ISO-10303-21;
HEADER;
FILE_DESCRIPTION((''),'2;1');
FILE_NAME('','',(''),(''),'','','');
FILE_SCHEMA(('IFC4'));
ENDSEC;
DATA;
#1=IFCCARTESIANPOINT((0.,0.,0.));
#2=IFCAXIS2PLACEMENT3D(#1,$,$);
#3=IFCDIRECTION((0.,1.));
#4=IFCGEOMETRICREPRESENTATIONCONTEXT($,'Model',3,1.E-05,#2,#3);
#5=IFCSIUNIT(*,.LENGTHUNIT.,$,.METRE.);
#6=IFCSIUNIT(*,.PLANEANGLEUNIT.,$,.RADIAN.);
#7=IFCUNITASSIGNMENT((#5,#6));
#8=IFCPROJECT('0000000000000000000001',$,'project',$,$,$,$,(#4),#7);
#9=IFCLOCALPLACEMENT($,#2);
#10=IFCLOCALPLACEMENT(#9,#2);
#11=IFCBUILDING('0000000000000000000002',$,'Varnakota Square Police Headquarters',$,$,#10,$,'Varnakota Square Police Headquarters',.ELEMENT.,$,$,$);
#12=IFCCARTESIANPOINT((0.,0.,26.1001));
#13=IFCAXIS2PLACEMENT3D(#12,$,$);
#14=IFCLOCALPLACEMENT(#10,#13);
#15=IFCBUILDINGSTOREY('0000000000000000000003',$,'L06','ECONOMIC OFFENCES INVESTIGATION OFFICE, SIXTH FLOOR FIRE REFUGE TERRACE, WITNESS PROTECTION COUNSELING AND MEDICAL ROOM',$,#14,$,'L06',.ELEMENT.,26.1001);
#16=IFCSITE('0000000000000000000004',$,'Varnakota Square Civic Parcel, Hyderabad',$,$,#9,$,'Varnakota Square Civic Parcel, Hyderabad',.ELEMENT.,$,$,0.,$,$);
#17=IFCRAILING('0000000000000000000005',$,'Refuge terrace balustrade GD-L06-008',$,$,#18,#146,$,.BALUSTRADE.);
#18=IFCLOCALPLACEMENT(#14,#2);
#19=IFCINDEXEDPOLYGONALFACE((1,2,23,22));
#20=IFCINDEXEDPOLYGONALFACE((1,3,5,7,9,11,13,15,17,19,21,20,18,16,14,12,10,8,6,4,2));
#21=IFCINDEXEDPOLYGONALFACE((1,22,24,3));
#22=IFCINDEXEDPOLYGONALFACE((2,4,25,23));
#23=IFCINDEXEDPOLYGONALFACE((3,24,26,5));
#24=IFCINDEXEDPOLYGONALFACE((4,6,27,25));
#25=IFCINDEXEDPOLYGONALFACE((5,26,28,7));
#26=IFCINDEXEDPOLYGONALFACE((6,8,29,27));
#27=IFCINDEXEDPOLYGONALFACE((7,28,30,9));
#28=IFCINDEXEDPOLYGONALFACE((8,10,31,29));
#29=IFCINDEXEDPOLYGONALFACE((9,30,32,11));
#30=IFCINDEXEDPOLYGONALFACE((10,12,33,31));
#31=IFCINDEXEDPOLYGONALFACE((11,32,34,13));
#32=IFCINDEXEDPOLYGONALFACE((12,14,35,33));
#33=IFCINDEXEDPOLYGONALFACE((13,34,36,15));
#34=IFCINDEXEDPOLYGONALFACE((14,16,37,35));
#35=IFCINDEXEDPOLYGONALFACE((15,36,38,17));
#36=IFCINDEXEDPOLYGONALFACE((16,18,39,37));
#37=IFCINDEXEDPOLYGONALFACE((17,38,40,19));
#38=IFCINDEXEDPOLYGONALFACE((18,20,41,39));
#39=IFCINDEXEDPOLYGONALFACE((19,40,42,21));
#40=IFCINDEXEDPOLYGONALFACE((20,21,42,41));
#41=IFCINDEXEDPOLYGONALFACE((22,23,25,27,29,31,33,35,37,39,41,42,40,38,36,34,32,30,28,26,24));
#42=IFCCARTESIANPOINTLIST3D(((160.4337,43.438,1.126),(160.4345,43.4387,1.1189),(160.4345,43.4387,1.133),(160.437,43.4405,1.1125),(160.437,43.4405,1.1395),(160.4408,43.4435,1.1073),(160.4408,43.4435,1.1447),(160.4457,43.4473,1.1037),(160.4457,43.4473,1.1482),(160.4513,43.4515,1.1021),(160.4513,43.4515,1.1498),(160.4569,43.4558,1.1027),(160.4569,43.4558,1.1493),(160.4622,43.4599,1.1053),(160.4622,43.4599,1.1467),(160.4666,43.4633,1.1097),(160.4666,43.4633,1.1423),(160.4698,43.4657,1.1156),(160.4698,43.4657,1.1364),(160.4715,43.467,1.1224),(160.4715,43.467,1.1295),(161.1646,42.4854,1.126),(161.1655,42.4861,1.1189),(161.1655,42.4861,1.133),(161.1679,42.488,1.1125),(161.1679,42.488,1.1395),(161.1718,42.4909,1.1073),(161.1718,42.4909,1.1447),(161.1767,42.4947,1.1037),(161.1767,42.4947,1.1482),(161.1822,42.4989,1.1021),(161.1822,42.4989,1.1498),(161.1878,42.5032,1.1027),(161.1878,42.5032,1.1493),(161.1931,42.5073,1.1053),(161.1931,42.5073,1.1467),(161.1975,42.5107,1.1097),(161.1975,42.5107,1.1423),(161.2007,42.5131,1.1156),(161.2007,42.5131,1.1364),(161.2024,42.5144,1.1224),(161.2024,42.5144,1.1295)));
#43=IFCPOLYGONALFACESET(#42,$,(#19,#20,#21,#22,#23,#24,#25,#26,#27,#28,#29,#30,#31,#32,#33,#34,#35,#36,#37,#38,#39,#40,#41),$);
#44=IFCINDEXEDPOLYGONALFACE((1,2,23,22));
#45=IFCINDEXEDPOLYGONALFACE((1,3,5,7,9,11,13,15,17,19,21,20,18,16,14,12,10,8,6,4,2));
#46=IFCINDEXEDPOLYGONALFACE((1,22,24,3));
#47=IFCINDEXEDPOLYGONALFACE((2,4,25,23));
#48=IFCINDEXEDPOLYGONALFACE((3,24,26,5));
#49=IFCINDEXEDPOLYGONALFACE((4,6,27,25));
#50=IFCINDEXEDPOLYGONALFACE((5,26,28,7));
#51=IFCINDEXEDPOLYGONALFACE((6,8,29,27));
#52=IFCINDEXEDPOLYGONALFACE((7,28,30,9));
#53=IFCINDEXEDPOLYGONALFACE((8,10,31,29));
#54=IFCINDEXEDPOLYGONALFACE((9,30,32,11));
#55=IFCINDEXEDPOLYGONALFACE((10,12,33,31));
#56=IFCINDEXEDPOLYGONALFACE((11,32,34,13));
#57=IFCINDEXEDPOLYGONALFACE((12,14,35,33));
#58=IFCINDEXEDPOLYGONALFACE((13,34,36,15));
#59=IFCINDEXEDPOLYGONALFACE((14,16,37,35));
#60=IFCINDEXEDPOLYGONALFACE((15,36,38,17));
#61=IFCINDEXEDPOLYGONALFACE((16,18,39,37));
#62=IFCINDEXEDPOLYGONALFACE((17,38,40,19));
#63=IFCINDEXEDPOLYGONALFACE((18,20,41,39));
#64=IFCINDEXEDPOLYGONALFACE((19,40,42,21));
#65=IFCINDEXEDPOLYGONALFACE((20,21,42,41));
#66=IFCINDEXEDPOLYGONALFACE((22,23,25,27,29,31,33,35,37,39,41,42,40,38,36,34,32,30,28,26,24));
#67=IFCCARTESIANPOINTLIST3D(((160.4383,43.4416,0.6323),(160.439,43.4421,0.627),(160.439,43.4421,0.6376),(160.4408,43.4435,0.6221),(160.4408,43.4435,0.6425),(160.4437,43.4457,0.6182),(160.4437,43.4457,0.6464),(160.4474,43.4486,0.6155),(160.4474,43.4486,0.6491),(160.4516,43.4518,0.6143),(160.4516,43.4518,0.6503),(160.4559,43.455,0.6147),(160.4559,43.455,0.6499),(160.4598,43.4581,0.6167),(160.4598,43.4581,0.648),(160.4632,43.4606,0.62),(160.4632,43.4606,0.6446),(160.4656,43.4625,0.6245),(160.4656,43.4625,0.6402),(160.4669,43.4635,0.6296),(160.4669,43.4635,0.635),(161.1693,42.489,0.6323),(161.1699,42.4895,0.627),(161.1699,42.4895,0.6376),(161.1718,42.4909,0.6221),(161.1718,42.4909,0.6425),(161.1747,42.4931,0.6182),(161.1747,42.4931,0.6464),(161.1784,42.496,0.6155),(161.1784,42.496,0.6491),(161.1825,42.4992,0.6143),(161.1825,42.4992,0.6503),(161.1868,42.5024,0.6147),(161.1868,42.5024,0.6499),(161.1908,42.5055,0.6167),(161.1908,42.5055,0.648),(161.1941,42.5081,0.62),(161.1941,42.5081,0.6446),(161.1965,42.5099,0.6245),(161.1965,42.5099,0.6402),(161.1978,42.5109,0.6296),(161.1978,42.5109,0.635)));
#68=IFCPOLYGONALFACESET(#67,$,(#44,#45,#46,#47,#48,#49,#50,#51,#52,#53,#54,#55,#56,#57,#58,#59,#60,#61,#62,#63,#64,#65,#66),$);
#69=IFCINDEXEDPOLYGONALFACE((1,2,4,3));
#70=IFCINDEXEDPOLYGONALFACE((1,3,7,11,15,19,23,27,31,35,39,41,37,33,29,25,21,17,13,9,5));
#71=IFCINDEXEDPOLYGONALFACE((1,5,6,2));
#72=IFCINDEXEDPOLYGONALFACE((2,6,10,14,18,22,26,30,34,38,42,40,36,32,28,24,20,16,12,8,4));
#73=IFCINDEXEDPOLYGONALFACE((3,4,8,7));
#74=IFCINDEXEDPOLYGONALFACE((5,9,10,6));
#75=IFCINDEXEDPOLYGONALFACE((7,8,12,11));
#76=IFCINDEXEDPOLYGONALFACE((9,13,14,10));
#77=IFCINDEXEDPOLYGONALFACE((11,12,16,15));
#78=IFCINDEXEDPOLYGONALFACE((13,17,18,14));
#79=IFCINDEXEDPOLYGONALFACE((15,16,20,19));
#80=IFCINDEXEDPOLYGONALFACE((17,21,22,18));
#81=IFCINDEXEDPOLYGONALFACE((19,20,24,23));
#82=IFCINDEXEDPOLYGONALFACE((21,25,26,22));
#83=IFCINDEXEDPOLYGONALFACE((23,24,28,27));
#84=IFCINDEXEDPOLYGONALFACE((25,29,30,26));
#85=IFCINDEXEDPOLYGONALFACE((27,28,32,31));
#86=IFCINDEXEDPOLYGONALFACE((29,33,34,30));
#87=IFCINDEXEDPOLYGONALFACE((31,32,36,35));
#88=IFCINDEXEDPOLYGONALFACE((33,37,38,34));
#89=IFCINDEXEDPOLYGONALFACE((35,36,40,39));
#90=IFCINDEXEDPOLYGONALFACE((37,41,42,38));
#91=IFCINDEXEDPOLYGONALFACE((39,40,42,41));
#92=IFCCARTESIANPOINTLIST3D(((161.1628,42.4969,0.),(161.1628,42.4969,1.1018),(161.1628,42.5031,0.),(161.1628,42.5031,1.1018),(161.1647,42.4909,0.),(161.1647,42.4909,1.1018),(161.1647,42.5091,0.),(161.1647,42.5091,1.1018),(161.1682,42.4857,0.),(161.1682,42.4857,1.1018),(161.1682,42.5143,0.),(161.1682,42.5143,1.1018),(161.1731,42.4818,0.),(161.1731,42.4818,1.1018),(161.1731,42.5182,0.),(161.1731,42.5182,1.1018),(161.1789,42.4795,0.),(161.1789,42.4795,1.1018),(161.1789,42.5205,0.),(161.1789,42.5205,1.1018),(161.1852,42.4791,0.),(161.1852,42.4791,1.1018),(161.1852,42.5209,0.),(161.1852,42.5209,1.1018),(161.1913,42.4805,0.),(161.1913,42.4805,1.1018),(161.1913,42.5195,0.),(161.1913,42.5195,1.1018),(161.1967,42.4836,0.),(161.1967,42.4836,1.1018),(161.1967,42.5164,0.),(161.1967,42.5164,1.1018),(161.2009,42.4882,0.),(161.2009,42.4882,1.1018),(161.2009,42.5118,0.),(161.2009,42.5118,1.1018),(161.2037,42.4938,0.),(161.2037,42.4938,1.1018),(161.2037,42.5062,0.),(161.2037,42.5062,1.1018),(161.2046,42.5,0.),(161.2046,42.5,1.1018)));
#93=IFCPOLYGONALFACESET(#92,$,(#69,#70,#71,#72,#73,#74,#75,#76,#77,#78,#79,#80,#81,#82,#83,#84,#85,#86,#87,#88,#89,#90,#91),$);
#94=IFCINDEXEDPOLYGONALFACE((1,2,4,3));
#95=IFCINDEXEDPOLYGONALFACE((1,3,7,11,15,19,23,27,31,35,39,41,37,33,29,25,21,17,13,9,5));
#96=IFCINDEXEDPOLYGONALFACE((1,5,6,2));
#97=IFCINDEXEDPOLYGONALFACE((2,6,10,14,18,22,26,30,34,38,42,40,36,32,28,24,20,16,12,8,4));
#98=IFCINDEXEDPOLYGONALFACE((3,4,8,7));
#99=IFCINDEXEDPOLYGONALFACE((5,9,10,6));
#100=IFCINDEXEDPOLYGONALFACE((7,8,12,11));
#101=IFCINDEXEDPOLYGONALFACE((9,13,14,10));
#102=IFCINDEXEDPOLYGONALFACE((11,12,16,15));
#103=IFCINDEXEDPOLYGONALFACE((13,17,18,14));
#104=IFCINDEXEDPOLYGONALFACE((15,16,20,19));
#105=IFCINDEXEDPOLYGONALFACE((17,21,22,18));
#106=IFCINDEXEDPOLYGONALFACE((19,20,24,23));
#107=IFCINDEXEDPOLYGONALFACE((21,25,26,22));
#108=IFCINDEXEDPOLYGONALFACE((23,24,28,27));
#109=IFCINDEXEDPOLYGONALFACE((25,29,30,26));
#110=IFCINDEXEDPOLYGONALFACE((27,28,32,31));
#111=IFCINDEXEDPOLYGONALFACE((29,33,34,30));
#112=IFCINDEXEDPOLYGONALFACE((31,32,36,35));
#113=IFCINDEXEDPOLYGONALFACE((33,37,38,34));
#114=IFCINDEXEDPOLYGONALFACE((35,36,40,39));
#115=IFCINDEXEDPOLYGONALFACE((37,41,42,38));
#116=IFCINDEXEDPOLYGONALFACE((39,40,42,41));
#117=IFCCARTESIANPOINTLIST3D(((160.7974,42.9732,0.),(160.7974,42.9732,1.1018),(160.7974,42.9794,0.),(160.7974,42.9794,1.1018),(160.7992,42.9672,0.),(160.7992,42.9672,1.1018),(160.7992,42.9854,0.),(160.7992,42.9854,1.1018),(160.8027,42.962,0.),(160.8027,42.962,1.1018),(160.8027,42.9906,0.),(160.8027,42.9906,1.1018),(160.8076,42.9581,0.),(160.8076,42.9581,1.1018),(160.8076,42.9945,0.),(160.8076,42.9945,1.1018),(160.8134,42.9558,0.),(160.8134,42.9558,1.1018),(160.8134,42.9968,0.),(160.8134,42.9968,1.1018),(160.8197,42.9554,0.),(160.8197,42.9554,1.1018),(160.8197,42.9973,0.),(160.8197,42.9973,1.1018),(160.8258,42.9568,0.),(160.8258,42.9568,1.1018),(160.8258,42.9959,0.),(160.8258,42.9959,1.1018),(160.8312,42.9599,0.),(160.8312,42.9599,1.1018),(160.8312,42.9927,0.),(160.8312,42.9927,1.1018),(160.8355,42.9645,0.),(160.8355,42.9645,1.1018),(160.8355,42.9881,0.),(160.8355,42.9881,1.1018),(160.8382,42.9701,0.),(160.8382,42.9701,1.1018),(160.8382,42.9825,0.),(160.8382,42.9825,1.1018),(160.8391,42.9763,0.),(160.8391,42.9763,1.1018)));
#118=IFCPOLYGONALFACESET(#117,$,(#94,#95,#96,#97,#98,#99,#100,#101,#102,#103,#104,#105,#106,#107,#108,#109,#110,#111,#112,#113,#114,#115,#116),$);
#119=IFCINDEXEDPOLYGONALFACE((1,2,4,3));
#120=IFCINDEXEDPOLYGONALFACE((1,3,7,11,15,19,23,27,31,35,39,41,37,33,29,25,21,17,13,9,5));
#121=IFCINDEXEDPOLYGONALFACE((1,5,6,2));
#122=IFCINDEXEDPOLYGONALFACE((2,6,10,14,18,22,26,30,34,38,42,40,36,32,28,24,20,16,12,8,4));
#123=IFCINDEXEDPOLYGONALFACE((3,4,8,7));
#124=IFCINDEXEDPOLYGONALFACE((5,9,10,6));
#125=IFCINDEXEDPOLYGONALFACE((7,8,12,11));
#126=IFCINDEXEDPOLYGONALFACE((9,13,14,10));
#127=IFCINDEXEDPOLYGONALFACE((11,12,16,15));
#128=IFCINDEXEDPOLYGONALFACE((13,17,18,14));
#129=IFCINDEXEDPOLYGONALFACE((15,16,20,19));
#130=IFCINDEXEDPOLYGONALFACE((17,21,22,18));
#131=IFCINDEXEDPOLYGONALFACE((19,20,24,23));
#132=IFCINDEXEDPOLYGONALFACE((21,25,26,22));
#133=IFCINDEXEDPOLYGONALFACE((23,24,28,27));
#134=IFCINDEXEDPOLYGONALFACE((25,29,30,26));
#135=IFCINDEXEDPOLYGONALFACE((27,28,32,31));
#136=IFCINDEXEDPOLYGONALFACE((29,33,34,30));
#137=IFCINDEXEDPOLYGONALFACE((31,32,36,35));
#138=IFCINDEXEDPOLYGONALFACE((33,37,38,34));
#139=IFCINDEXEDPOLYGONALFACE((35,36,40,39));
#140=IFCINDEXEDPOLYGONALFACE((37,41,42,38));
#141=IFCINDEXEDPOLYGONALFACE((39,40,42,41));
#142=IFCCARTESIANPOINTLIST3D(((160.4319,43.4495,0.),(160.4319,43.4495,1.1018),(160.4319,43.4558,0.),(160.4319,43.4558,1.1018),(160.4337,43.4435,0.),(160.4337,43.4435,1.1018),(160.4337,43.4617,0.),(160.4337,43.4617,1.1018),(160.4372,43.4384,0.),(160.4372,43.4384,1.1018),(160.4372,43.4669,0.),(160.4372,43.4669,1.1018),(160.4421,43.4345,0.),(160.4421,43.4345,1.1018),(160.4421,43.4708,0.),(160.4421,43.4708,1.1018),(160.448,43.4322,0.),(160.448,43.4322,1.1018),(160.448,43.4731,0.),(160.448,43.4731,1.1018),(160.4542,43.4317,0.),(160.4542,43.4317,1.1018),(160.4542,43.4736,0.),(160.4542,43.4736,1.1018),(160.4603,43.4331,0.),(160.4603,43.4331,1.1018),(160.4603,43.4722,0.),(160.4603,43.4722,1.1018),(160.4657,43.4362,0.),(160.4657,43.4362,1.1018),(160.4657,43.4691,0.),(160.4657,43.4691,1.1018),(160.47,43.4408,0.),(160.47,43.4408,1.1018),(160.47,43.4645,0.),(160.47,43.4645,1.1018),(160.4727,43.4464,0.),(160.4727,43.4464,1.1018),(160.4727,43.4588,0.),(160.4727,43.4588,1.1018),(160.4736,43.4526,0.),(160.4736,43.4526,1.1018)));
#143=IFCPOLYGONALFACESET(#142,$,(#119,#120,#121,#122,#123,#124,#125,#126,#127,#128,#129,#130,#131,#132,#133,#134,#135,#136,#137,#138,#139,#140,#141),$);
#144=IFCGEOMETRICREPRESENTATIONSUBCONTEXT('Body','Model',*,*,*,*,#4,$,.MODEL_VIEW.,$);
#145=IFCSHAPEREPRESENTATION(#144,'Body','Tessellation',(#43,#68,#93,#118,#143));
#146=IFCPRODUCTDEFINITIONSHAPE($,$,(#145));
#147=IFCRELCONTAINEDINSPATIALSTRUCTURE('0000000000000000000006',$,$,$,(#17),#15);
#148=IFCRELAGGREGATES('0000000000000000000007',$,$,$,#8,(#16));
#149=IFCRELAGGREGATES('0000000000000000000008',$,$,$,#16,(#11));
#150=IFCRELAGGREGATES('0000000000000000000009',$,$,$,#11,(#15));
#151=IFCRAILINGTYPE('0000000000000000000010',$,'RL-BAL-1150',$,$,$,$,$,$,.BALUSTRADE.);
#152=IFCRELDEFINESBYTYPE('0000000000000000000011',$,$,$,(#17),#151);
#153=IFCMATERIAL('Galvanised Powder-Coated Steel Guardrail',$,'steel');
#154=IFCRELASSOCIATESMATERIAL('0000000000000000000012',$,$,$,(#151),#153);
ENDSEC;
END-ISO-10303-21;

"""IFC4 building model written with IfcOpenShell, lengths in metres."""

from ifc_helpers import new_model, si_unit, direction, frame, origin, origin_2d, place, context, subcontext, project, spatial, circle, extrude, material, type_object, element, save


model = new_model("IFC4")

# Units and contexts
model_context = context("Model", 3, precision=1e-05, world=origin(), true_north=direction((0.0, 1.0)))
body_context = subcontext(model_context, "Body", "Model", "MODEL_VIEW")
ifc_project = project(units=[si_unit("LENGTHUNIT", "METRE"), si_unit("PLANEANGLEUNIT", "RADIAN")], contexts=[model_context])

# Site, building, storey
site_placement = place(None, origin())
site = spatial("IfcSite", under=ifc_project, at=site_placement, Name="Varnakota Square Civic Parcel, Hyderabad", LongName="Varnakota Square Civic Parcel, Hyderabad", CompositionType="ELEMENT", RefElevation=0.0)
building_placement = place(site_placement, origin())
building = spatial("IfcBuilding", under=site, at=building_placement, Name="Varnakota Square Police Headquarters", LongName="Varnakota Square Police Headquarters", CompositionType="ELEMENT")
storey_placement = place(building_placement, frame((0.0, 0.0, 26.1001)))
storey = spatial("IfcBuildingStorey", under=building, at=storey_placement, Name="L06", Description="ECONOMIC OFFENCES INVESTIGATION OFFICE, SIXTH FLOOR FIRE REFUGE TERRACE, WITNESS PROTECTION COUNSELING AND MEDICAL ROOM", LongName="L06", CompositionType="ELEMENT", Elevation=26.1001)

# Railing
ifc_material_1 = material(Name="Galvanised Powder-Coated Steel Guardrail", Category="steel")
railing_type = type_object("IfcRailingType", Name="RL-BAL-1150", PredefinedType="BALUSTRADE", material=ifc_material_1)
railing_1_placement = place(storey_placement, frame((161.1836, 42.5, 0.0)))
element("IfcRailing", 1, at=railing_1_placement, inside=storey, type_object=railing_type, Name="Refuge terrace balustrade GD-L06-008", PredefinedType="BALUSTRADE", context=body_context, shape_type="SweptSolid", body=[
    extrude(circle(Radius=0.0239, at=origin_2d()), frame((0.0, 0.0, 1.126), z_axis=(-0.608747, 0.793364, 0.0), x_axis=(-0.793364, -0.608747, 0.0)), (0.0, 0.0, 1.0), 1.2007),
    extrude(circle(Radius=0.0181, at=origin_2d()), frame((0.0, 0.0, 0.6323), z_axis=(-0.608747, 0.793364, 0.0), x_axis=(-0.793364, -0.608747, 0.0)), (0.0, 0.0, 1.0), 1.2007),
    extrude(circle(Radius=0.021, at=origin_2d()), origin(), (0.0, 0.0, 1.0), 1.1018),
    extrude(circle(Radius=0.021, at=origin_2d()), frame((-0.3655, 0.4763, 0.0)), (0.0, 0.0, 1.0), 1.1018),
    extrude(circle(Radius=0.021, at=origin_2d()), frame((-0.731, 0.9526, 0.0)), (0.0, 0.0, 1.0), 1.1018),
])

save(model, "model.ifc")
